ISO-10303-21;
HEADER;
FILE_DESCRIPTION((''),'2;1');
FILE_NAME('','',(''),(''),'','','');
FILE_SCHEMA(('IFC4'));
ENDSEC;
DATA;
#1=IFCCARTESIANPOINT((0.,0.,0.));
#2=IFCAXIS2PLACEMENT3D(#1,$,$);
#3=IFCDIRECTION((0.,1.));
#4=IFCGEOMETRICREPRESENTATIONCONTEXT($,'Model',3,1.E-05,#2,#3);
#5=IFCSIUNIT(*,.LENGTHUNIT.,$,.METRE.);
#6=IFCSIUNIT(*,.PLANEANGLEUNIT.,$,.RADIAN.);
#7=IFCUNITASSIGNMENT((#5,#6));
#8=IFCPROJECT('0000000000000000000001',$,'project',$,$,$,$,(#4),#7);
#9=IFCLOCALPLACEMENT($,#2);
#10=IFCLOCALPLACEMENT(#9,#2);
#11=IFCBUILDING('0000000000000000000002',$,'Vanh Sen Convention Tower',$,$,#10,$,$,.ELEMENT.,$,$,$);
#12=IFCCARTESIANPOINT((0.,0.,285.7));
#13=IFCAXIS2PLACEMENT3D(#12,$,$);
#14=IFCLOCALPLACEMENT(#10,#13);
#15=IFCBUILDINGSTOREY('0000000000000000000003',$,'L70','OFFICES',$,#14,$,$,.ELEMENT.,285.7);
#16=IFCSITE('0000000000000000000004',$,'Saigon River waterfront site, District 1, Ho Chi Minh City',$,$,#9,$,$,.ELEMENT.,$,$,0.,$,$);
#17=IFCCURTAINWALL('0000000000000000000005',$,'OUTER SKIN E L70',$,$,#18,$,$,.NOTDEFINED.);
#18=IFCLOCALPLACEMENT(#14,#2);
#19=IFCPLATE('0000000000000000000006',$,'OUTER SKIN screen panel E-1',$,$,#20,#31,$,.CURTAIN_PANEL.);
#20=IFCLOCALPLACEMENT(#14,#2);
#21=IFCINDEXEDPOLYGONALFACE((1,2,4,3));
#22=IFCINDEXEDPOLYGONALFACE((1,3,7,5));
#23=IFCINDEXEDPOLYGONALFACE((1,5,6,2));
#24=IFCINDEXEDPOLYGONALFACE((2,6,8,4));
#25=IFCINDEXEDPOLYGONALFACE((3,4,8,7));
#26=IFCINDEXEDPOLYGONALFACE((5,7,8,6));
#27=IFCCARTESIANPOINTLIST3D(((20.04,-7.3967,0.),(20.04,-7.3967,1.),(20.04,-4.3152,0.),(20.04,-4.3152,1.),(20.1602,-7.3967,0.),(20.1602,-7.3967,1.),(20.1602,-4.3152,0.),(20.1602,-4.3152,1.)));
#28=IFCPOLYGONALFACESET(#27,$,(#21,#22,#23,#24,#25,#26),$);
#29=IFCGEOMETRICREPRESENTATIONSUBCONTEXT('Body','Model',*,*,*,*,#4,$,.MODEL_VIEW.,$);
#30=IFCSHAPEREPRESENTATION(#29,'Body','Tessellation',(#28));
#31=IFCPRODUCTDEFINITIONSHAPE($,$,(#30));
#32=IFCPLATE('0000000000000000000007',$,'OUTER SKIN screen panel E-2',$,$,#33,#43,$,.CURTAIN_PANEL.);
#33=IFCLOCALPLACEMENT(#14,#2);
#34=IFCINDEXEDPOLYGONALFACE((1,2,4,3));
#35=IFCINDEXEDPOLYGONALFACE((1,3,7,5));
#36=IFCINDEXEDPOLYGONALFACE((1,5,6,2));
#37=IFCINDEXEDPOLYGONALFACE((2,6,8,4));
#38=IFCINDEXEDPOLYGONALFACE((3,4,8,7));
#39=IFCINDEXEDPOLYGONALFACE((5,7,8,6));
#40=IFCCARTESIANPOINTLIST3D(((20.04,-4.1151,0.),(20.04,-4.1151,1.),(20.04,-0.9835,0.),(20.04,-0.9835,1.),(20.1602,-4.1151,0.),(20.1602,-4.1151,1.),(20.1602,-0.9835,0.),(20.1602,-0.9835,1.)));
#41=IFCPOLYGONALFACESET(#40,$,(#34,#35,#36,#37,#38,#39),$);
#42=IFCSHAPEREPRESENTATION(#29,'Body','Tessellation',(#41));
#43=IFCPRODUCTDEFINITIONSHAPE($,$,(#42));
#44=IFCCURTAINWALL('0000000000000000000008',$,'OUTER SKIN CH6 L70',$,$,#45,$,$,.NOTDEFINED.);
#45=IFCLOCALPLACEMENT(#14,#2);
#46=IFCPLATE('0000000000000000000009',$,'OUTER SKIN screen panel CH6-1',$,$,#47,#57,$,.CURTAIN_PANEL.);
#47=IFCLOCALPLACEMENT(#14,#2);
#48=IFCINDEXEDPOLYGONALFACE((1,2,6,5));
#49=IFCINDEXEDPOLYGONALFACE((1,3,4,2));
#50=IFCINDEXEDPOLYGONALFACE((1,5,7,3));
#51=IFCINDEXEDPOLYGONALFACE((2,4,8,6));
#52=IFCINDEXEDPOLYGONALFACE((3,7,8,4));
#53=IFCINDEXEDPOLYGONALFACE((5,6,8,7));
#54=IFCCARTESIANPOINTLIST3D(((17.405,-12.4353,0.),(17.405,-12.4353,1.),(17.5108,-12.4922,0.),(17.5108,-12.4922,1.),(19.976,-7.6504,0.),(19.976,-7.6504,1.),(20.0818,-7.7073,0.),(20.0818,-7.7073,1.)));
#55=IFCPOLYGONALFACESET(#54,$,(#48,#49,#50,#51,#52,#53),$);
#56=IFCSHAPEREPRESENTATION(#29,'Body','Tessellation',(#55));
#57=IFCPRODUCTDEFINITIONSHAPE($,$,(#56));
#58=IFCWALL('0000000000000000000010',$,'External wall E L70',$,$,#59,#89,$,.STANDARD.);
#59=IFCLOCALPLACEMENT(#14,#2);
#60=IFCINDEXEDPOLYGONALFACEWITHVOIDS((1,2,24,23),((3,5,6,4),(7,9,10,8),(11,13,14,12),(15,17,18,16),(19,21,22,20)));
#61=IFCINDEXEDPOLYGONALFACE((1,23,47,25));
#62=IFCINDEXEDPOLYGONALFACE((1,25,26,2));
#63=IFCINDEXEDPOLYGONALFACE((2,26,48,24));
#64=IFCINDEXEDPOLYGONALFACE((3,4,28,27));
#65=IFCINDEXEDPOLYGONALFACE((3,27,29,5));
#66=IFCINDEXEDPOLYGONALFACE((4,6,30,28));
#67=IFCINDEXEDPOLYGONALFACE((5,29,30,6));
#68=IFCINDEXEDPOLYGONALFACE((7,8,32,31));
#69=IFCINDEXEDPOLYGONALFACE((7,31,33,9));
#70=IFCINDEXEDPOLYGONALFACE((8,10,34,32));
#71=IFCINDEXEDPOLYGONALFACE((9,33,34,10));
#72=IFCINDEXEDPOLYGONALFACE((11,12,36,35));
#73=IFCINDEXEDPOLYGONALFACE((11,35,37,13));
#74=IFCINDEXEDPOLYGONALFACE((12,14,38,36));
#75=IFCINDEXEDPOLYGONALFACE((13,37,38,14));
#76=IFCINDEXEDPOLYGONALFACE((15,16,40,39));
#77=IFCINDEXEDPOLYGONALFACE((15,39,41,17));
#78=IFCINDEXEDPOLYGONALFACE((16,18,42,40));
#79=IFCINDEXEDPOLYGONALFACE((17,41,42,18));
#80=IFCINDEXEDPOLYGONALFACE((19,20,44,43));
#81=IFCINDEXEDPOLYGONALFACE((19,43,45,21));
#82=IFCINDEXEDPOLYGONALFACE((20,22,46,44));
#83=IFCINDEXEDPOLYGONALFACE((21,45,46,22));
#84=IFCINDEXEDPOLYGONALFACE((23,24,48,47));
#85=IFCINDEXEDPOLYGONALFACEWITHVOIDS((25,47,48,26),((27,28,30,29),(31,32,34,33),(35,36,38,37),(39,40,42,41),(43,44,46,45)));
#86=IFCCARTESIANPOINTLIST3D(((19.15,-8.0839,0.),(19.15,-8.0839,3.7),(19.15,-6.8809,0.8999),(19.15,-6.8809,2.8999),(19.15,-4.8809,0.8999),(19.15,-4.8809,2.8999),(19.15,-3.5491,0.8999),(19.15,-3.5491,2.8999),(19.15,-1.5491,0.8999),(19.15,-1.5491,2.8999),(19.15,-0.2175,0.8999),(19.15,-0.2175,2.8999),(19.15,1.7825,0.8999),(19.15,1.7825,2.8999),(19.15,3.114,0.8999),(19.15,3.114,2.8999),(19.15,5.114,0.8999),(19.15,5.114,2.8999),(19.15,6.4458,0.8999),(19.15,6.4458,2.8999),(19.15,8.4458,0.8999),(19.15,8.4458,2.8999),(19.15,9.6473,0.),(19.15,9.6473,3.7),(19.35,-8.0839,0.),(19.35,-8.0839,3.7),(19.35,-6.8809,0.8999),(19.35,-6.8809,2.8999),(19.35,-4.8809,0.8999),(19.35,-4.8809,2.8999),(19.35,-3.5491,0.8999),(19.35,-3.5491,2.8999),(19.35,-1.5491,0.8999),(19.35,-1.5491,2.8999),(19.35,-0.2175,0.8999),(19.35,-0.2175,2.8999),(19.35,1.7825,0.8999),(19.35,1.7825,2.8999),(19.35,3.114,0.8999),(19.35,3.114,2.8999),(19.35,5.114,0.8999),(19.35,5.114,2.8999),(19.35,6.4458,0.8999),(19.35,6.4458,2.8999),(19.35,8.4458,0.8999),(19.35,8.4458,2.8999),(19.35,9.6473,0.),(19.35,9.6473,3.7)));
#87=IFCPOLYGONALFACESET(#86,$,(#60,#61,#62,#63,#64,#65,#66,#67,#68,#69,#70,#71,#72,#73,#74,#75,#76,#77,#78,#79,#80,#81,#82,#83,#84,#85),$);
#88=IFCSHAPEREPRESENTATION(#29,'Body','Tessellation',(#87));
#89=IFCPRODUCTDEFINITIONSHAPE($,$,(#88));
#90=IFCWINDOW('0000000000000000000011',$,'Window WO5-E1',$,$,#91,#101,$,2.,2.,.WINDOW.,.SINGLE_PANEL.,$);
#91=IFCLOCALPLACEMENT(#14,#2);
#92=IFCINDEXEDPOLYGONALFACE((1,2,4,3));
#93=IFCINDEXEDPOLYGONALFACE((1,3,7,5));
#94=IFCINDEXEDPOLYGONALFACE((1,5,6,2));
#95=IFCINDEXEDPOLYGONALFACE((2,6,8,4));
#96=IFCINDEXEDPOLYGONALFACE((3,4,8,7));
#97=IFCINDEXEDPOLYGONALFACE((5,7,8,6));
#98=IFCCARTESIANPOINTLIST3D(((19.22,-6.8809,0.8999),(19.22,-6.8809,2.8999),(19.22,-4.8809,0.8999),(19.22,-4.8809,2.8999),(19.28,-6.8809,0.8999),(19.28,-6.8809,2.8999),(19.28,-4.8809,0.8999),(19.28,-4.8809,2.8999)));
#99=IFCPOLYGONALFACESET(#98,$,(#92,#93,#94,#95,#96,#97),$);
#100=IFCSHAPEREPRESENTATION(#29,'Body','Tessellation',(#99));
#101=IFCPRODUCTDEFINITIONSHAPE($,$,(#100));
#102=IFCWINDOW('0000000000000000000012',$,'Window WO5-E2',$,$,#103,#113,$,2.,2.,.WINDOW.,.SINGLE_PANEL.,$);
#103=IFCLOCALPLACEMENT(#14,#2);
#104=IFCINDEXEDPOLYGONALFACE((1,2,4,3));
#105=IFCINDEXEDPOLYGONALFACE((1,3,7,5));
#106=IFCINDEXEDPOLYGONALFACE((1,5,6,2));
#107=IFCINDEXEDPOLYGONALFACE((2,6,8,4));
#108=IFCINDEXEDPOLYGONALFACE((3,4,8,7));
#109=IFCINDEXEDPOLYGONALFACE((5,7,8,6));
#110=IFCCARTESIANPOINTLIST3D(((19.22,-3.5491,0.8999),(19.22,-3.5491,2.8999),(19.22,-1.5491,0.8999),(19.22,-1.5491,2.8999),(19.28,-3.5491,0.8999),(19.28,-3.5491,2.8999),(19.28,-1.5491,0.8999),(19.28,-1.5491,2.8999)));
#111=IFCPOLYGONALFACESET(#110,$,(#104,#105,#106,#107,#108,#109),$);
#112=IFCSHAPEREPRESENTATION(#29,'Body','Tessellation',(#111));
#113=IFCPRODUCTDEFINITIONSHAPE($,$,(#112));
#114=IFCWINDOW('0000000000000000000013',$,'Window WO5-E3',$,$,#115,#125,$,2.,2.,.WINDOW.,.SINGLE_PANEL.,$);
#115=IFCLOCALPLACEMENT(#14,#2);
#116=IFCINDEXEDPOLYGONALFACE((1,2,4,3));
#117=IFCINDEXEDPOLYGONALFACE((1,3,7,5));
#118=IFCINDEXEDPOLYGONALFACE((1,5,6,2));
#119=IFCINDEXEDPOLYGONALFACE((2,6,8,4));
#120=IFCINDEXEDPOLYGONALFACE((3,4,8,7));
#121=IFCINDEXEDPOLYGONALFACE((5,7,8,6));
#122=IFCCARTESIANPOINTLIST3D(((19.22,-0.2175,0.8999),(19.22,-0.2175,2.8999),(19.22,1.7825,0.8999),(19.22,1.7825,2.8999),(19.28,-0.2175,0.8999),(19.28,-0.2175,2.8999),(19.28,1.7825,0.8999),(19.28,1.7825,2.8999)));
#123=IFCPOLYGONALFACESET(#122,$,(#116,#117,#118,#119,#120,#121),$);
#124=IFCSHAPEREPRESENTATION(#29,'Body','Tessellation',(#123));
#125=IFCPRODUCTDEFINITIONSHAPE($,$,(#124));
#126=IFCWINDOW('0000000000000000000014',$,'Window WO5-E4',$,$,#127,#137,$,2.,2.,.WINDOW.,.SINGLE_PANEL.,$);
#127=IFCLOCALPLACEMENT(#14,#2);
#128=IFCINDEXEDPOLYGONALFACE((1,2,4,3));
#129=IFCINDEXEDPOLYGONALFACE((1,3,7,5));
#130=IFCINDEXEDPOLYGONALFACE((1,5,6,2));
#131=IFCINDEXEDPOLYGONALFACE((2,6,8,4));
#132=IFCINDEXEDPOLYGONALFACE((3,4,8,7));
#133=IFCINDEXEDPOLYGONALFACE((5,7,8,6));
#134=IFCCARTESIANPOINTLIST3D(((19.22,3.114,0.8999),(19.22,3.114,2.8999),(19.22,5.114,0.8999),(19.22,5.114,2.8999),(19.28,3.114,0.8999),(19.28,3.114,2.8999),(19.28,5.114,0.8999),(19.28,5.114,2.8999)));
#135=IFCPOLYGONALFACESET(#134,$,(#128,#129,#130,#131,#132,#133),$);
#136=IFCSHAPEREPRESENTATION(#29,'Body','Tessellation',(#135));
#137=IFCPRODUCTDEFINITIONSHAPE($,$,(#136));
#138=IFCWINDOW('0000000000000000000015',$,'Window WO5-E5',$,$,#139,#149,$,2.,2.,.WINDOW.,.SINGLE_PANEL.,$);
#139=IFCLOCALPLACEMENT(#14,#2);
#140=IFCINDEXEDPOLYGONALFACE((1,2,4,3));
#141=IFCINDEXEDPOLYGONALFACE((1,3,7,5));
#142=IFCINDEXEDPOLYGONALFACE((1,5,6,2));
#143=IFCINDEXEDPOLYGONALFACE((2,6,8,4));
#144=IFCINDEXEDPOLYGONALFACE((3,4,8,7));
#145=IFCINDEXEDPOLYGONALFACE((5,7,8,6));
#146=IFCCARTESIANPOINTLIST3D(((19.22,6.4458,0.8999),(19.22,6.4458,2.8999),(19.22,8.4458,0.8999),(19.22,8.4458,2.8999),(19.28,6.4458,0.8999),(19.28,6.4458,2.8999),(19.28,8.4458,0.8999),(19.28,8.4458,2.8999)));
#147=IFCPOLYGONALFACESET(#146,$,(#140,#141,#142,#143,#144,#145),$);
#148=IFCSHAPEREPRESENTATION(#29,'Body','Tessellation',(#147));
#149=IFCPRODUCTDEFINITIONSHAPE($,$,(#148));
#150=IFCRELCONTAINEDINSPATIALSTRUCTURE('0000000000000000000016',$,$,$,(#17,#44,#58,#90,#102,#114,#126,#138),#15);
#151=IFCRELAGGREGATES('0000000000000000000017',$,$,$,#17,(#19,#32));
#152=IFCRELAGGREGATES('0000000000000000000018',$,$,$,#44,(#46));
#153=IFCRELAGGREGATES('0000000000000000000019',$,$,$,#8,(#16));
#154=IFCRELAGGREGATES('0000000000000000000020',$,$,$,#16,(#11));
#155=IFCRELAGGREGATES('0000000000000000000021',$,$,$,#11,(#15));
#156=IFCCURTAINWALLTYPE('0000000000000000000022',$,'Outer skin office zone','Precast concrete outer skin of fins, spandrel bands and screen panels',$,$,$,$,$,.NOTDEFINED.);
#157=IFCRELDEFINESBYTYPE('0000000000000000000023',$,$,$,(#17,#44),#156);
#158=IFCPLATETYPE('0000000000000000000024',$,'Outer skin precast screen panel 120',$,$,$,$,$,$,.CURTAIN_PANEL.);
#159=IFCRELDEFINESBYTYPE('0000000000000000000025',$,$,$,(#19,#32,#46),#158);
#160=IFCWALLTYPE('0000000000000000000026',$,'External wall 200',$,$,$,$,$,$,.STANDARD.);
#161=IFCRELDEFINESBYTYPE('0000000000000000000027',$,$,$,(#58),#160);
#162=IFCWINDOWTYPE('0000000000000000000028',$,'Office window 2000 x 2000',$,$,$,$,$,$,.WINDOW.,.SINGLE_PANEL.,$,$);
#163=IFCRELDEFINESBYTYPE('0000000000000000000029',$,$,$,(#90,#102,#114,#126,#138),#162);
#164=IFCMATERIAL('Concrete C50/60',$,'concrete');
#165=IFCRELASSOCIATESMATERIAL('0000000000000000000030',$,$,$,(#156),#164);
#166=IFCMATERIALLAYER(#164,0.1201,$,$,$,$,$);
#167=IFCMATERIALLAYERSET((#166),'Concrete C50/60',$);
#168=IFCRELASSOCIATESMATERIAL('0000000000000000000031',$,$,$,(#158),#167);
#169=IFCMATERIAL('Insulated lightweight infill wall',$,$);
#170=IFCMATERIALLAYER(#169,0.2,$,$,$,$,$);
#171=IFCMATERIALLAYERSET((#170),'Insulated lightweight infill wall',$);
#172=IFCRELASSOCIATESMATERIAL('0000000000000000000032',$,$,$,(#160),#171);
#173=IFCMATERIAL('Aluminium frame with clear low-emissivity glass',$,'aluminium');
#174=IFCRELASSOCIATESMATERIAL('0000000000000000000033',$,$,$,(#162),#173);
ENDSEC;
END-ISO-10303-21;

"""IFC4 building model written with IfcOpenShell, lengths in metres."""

from ifc_helpers import new_model, si_unit, direction, frame, frame_2d, origin, origin_2d, place, context, subcontext, project, spatial, rectangle, extrude, material, layer, layer_set, type_object, element, fill, aggregate, save


model = new_model("IFC4")

# Units and contexts
model_context = context("Model", 3, precision=1e-05, world=origin(), true_north=direction((0.0, 1.0)))
body_context = subcontext(model_context, "Body", "Model", "MODEL_VIEW")
ifc_project = project(units=[si_unit("LENGTHUNIT", "METRE"), si_unit("PLANEANGLEUNIT", "RADIAN")], contexts=[model_context])

# Site, building, storey
site_placement = place(None, origin())
site = spatial("IfcSite", under=ifc_project, at=site_placement, Name="Saigon River waterfront site, District 1, Ho Chi Minh City", CompositionType="ELEMENT", RefElevation=0.0)
building_placement = place(site_placement, origin())
building = spatial("IfcBuilding", under=site, at=building_placement, Name="Vanh Sen Convention Tower", CompositionType="ELEMENT")
storey_placement = place(building_placement, frame((0.0, 0.0, 285.7)))
storey = spatial("IfcBuildingStorey", under=building, at=storey_placement, Name="L70", Description="OFFICES", CompositionType="ELEMENT", Elevation=285.7)

# Curtain wall
ifc_material_1 = material(Name="Concrete C50/60", Category="concrete")
curtain_wall_type = type_object("IfcCurtainWallType", Name="Outer skin office zone", Description="Precast concrete outer skin of fins, spandrel bands and screen panels", PredefinedType="NOTDEFINED", material=ifc_material_1)
curtain_wall_1_placement = place(storey_placement, origin())
curtain_wall_1 = element("IfcCurtainWall", 1, at=curtain_wall_1_placement, inside=storey, type_object=curtain_wall_type, Name="OUTER SKIN E L70", PredefinedType="NOTDEFINED")

# Plates
ifc_layer_1 = layer(ifc_material_1, 0.1201)
ifc_layer_set_1 = layer_set([ifc_layer_1], Name="Concrete C50/60")
plate_type = type_object("IfcPlateType", Name="Outer skin precast screen panel 120", PredefinedType="CURTAIN_PANEL", material=ifc_layer_set_1)
plate_1_placement = place(storey_placement, frame((20.1001, -5.856, 0.0), z_axis=(0.0, 0.0, 1.0), x_axis=(0.0, 1.0, 0.0)))
plate_1 = element("IfcPlate", 2, at=plate_1_placement, type_object=plate_type, Name="OUTER SKIN screen panel E-1", PredefinedType="CURTAIN_PANEL", context=body_context, shape_type="SweptSolid", body=[
    extrude(rectangle(XDim=3.0815, YDim=0.1201, at=origin_2d()), origin(), (0.0, 0.0, 1.0), 1.0),
])
plate_2_placement = place(storey_placement, frame((20.1001, -2.5493, 0.0), z_axis=(0.0, 0.0, 1.0), x_axis=(0.0, 1.0, 0.0)))
plate_2 = element("IfcPlate", 3, at=plate_2_placement, type_object=plate_type, Name="OUTER SKIN screen panel E-2", PredefinedType="CURTAIN_PANEL", context=body_context, shape_type="SweptSolid", body=[
    extrude(rectangle(XDim=3.1316, YDim=0.1201, at=origin_2d()), origin(), (0.0, 0.0, 1.0), 1.0),
])
aggregate(curtain_wall_1, [plate_1, plate_2])

# Curtain wall, plate
curtain_wall_2_placement = place(storey_placement, origin())
curtain_wall_2 = element("IfcCurtainWall", 4, at=curtain_wall_2_placement, inside=storey, type_object=curtain_wall_type, Name="OUTER SKIN CH6 L70", PredefinedType="NOTDEFINED")
plate_3_placement = place(storey_placement, frame((18.7434, -10.0713, 0.0), z_axis=(0.0, 0.0, 1.0), x_axis=(0.473324, 0.880888, 0.0)))
plate_3 = element("IfcPlate", 5, at=plate_3_placement, type_object=plate_type, Name="OUTER SKIN screen panel CH6-1", PredefinedType="CURTAIN_PANEL", context=body_context, shape_type="SweptSolid", body=[
    extrude(rectangle(XDim=5.4319, YDim=0.1201, at=origin_2d()), origin(), (0.0, 0.0, 1.0), 1.0),
])
aggregate(curtain_wall_2, [plate_3])

# Wall, openings, windows
ifc_material_2 = material(Name="Insulated lightweight infill wall")
ifc_layer_2 = layer(ifc_material_2, 0.2)
ifc_layer_set_2 = layer_set([ifc_layer_2], Name="Insulated lightweight infill wall")
wall_type_1 = type_object("IfcWallType", Name="External wall 200", PredefinedType="STANDARD", material=ifc_layer_set_2)
wall_1_placement = place(storey_placement, frame((19.25, -8.084, 0.0), z_axis=(0.0, 0.0, 1.0), x_axis=(0.0, 1.0, 0.0)))
wall_1 = element("IfcWall", 6, at=wall_1_placement, inside=storey, type_object=wall_type_1, Name="External wall E L70", PredefinedType="STANDARD", context=body_context, shape_type="SweptSolid", body=[
    extrude(rectangle(XDim=17.7312, YDim=0.2, at=frame_2d((8.8657, 0.0))), origin(), (0.0, 0.0, 1.0), 3.7),
])
opening_1_placement = place(wall_1_placement, frame((1.2031, 0.0, 0.8999)))
opening_1 = element("IfcOpeningElement", 7, at=opening_1_placement, cuts=wall_1, PredefinedType="OPENING", context=body_context, shape_type="SweptSolid", body=[
    extrude(rectangle(XDim=2.0, YDim=2.0, at=frame_2d((1.0, 1.0))), frame((0.0, 0.1099, 0.0), z_axis=(0.0, -1.0, 0.0), x_axis=(1.0, 0.0, 0.0)), (0.0, 0.0, 1.0), 0.22),
])
opening_2_placement = place(wall_1_placement, frame((4.5349, 0.0, 0.8999)))
opening_2 = element("IfcOpeningElement", 8, at=opening_2_placement, cuts=wall_1, PredefinedType="OPENING", context=body_context, shape_type="SweptSolid", body=[
    extrude(rectangle(XDim=2.0, YDim=2.0, at=frame_2d((1.0, 1.0))), frame((0.0, 0.1099, 0.0), z_axis=(0.0, -1.0, 0.0), x_axis=(1.0, 0.0, 0.0)), (0.0, 0.0, 1.0), 0.22),
])
opening_3_placement = place(wall_1_placement, frame((7.8665, 0.0, 0.8999)))
opening_3 = element("IfcOpeningElement", 9, at=opening_3_placement, cuts=wall_1, PredefinedType="OPENING", context=body_context, shape_type="SweptSolid", body=[
    extrude(rectangle(XDim=2.0, YDim=2.0, at=frame_2d((1.0, 1.0))), frame((0.0, 0.1099, 0.0), z_axis=(0.0, -1.0, 0.0), x_axis=(1.0, 0.0, 0.0)), (0.0, 0.0, 1.0), 0.22),
])
opening_4_placement = place(wall_1_placement, frame((11.198, 0.0, 0.8999)))
opening_4 = element("IfcOpeningElement", 10, at=opening_4_placement, cuts=wall_1, PredefinedType="OPENING", context=body_context, shape_type="SweptSolid", body=[
    extrude(rectangle(XDim=2.0, YDim=2.0, at=frame_2d((1.0, 1.0))), frame((0.0, 0.1099, 0.0), z_axis=(0.0, -1.0, 0.0), x_axis=(1.0, 0.0, 0.0)), (0.0, 0.0, 1.0), 0.22),
])
opening_5_placement = place(wall_1_placement, frame((14.5298, 0.0, 0.8999)))
opening_5 = element("IfcOpeningElement", 11, at=opening_5_placement, cuts=wall_1, PredefinedType="OPENING", context=body_context, shape_type="SweptSolid", body=[
    extrude(rectangle(XDim=2.0, YDim=2.0, at=frame_2d((1.0, 1.0))), frame((0.0, 0.1099, 0.0), z_axis=(0.0, -1.0, 0.0), x_axis=(1.0, 0.0, 0.0)), (0.0, 0.0, 1.0), 0.22),
])
ifc_material_3 = material(Name="Aluminium frame with clear low-emissivity glass", Category="aluminium")
window_type_1 = type_object("IfcWindowType", Name="Office window 2000 x 2000", PartitioningType="SINGLE_PANEL", PredefinedType="WINDOW", material=ifc_material_3)
window_1_placement = place(opening_1_placement, origin())
window_1 = element("IfcWindow", 12, at=window_1_placement, inside=storey, type_object=window_type_1, Name="Window WO5-E1", OverallHeight=2.0, OverallWidth=2.0, PartitioningType="SINGLE_PANEL", PredefinedType="WINDOW", context=body_context, shape_type="SweptSolid", body=[
    extrude(rectangle(XDim=2.0, YDim=2.0, at=frame_2d((1.0, 1.0))), frame((0.0, 0.03, 0.0), z_axis=(0.0, -1.0, 0.0), x_axis=(1.0, 0.0, 0.0)), (0.0, 0.0, 1.0), 0.0601),
])
fill(opening_1, window_1)
window_2_placement = place(opening_2_placement, origin())
window_2 = element("IfcWindow", 13, at=window_2_placement, inside=storey, type_object=window_type_1, Name="Window WO5-E2", OverallHeight=2.0, OverallWidth=2.0, PartitioningType="SINGLE_PANEL", PredefinedType="WINDOW", context=body_context, shape_type="SweptSolid", body=[
    extrude(rectangle(XDim=2.0, YDim=2.0, at=frame_2d((1.0, 1.0))), frame((0.0, 0.03, 0.0), z_axis=(0.0, -1.0, 0.0), x_axis=(1.0, 0.0, 0.0)), (0.0, 0.0, 1.0), 0.0601),
])
fill(opening_2, window_2)
window_3_placement = place(opening_3_placement, origin())
window_3 = element("IfcWindow", 14, at=window_3_placement, inside=storey, type_object=window_type_1, Name="Window WO5-E3", OverallHeight=2.0, OverallWidth=2.0, PartitioningType="SINGLE_PANEL", PredefinedType="WINDOW", context=body_context, shape_type="SweptSolid", body=[
    extrude(rectangle(XDim=2.0, YDim=2.0, at=frame_2d((1.0, 1.0))), frame((0.0, 0.03, 0.0), z_axis=(0.0, -1.0, 0.0), x_axis=(1.0, 0.0, 0.0)), (0.0, 0.0, 1.0), 0.0601),
])
fill(opening_3, window_3)
window_4_placement = place(opening_4_placement, origin())
window_4 = element("IfcWindow", 15, at=window_4_placement, inside=storey, type_object=window_type_1, Name="Window WO5-E4", OverallHeight=2.0, OverallWidth=2.0, PartitioningType="SINGLE_PANEL", PredefinedType="WINDOW", context=body_context, shape_type="SweptSolid", body=[
    extrude(rectangle(XDim=2.0, YDim=2.0, at=frame_2d((1.0, 1.0))), frame((0.0, 0.03, 0.0), z_axis=(0.0, -1.0, 0.0), x_axis=(1.0, 0.0, 0.0)), (0.0, 0.0, 1.0), 0.0601),
])
fill(opening_4, window_4)
window_5_placement = place(opening_5_placement, origin())
window_5 = element("IfcWindow", 16, at=window_5_placement, inside=storey, type_object=window_type_1, Name="Window WO5-E5", OverallHeight=2.0, OverallWidth=2.0, PartitioningType="SINGLE_PANEL", PredefinedType="WINDOW", context=body_context, shape_type="SweptSolid", body=[
    extrude(rectangle(XDim=2.0, YDim=2.0, at=frame_2d((1.0, 1.0))), frame((0.0, 0.03, 0.0), z_axis=(0.0, -1.0, 0.0), x_axis=(1.0, 0.0, 0.0)), (0.0, 0.0, 1.0), 0.0601),
])
fill(opening_5, window_5)

save(model, "model.ifc")
